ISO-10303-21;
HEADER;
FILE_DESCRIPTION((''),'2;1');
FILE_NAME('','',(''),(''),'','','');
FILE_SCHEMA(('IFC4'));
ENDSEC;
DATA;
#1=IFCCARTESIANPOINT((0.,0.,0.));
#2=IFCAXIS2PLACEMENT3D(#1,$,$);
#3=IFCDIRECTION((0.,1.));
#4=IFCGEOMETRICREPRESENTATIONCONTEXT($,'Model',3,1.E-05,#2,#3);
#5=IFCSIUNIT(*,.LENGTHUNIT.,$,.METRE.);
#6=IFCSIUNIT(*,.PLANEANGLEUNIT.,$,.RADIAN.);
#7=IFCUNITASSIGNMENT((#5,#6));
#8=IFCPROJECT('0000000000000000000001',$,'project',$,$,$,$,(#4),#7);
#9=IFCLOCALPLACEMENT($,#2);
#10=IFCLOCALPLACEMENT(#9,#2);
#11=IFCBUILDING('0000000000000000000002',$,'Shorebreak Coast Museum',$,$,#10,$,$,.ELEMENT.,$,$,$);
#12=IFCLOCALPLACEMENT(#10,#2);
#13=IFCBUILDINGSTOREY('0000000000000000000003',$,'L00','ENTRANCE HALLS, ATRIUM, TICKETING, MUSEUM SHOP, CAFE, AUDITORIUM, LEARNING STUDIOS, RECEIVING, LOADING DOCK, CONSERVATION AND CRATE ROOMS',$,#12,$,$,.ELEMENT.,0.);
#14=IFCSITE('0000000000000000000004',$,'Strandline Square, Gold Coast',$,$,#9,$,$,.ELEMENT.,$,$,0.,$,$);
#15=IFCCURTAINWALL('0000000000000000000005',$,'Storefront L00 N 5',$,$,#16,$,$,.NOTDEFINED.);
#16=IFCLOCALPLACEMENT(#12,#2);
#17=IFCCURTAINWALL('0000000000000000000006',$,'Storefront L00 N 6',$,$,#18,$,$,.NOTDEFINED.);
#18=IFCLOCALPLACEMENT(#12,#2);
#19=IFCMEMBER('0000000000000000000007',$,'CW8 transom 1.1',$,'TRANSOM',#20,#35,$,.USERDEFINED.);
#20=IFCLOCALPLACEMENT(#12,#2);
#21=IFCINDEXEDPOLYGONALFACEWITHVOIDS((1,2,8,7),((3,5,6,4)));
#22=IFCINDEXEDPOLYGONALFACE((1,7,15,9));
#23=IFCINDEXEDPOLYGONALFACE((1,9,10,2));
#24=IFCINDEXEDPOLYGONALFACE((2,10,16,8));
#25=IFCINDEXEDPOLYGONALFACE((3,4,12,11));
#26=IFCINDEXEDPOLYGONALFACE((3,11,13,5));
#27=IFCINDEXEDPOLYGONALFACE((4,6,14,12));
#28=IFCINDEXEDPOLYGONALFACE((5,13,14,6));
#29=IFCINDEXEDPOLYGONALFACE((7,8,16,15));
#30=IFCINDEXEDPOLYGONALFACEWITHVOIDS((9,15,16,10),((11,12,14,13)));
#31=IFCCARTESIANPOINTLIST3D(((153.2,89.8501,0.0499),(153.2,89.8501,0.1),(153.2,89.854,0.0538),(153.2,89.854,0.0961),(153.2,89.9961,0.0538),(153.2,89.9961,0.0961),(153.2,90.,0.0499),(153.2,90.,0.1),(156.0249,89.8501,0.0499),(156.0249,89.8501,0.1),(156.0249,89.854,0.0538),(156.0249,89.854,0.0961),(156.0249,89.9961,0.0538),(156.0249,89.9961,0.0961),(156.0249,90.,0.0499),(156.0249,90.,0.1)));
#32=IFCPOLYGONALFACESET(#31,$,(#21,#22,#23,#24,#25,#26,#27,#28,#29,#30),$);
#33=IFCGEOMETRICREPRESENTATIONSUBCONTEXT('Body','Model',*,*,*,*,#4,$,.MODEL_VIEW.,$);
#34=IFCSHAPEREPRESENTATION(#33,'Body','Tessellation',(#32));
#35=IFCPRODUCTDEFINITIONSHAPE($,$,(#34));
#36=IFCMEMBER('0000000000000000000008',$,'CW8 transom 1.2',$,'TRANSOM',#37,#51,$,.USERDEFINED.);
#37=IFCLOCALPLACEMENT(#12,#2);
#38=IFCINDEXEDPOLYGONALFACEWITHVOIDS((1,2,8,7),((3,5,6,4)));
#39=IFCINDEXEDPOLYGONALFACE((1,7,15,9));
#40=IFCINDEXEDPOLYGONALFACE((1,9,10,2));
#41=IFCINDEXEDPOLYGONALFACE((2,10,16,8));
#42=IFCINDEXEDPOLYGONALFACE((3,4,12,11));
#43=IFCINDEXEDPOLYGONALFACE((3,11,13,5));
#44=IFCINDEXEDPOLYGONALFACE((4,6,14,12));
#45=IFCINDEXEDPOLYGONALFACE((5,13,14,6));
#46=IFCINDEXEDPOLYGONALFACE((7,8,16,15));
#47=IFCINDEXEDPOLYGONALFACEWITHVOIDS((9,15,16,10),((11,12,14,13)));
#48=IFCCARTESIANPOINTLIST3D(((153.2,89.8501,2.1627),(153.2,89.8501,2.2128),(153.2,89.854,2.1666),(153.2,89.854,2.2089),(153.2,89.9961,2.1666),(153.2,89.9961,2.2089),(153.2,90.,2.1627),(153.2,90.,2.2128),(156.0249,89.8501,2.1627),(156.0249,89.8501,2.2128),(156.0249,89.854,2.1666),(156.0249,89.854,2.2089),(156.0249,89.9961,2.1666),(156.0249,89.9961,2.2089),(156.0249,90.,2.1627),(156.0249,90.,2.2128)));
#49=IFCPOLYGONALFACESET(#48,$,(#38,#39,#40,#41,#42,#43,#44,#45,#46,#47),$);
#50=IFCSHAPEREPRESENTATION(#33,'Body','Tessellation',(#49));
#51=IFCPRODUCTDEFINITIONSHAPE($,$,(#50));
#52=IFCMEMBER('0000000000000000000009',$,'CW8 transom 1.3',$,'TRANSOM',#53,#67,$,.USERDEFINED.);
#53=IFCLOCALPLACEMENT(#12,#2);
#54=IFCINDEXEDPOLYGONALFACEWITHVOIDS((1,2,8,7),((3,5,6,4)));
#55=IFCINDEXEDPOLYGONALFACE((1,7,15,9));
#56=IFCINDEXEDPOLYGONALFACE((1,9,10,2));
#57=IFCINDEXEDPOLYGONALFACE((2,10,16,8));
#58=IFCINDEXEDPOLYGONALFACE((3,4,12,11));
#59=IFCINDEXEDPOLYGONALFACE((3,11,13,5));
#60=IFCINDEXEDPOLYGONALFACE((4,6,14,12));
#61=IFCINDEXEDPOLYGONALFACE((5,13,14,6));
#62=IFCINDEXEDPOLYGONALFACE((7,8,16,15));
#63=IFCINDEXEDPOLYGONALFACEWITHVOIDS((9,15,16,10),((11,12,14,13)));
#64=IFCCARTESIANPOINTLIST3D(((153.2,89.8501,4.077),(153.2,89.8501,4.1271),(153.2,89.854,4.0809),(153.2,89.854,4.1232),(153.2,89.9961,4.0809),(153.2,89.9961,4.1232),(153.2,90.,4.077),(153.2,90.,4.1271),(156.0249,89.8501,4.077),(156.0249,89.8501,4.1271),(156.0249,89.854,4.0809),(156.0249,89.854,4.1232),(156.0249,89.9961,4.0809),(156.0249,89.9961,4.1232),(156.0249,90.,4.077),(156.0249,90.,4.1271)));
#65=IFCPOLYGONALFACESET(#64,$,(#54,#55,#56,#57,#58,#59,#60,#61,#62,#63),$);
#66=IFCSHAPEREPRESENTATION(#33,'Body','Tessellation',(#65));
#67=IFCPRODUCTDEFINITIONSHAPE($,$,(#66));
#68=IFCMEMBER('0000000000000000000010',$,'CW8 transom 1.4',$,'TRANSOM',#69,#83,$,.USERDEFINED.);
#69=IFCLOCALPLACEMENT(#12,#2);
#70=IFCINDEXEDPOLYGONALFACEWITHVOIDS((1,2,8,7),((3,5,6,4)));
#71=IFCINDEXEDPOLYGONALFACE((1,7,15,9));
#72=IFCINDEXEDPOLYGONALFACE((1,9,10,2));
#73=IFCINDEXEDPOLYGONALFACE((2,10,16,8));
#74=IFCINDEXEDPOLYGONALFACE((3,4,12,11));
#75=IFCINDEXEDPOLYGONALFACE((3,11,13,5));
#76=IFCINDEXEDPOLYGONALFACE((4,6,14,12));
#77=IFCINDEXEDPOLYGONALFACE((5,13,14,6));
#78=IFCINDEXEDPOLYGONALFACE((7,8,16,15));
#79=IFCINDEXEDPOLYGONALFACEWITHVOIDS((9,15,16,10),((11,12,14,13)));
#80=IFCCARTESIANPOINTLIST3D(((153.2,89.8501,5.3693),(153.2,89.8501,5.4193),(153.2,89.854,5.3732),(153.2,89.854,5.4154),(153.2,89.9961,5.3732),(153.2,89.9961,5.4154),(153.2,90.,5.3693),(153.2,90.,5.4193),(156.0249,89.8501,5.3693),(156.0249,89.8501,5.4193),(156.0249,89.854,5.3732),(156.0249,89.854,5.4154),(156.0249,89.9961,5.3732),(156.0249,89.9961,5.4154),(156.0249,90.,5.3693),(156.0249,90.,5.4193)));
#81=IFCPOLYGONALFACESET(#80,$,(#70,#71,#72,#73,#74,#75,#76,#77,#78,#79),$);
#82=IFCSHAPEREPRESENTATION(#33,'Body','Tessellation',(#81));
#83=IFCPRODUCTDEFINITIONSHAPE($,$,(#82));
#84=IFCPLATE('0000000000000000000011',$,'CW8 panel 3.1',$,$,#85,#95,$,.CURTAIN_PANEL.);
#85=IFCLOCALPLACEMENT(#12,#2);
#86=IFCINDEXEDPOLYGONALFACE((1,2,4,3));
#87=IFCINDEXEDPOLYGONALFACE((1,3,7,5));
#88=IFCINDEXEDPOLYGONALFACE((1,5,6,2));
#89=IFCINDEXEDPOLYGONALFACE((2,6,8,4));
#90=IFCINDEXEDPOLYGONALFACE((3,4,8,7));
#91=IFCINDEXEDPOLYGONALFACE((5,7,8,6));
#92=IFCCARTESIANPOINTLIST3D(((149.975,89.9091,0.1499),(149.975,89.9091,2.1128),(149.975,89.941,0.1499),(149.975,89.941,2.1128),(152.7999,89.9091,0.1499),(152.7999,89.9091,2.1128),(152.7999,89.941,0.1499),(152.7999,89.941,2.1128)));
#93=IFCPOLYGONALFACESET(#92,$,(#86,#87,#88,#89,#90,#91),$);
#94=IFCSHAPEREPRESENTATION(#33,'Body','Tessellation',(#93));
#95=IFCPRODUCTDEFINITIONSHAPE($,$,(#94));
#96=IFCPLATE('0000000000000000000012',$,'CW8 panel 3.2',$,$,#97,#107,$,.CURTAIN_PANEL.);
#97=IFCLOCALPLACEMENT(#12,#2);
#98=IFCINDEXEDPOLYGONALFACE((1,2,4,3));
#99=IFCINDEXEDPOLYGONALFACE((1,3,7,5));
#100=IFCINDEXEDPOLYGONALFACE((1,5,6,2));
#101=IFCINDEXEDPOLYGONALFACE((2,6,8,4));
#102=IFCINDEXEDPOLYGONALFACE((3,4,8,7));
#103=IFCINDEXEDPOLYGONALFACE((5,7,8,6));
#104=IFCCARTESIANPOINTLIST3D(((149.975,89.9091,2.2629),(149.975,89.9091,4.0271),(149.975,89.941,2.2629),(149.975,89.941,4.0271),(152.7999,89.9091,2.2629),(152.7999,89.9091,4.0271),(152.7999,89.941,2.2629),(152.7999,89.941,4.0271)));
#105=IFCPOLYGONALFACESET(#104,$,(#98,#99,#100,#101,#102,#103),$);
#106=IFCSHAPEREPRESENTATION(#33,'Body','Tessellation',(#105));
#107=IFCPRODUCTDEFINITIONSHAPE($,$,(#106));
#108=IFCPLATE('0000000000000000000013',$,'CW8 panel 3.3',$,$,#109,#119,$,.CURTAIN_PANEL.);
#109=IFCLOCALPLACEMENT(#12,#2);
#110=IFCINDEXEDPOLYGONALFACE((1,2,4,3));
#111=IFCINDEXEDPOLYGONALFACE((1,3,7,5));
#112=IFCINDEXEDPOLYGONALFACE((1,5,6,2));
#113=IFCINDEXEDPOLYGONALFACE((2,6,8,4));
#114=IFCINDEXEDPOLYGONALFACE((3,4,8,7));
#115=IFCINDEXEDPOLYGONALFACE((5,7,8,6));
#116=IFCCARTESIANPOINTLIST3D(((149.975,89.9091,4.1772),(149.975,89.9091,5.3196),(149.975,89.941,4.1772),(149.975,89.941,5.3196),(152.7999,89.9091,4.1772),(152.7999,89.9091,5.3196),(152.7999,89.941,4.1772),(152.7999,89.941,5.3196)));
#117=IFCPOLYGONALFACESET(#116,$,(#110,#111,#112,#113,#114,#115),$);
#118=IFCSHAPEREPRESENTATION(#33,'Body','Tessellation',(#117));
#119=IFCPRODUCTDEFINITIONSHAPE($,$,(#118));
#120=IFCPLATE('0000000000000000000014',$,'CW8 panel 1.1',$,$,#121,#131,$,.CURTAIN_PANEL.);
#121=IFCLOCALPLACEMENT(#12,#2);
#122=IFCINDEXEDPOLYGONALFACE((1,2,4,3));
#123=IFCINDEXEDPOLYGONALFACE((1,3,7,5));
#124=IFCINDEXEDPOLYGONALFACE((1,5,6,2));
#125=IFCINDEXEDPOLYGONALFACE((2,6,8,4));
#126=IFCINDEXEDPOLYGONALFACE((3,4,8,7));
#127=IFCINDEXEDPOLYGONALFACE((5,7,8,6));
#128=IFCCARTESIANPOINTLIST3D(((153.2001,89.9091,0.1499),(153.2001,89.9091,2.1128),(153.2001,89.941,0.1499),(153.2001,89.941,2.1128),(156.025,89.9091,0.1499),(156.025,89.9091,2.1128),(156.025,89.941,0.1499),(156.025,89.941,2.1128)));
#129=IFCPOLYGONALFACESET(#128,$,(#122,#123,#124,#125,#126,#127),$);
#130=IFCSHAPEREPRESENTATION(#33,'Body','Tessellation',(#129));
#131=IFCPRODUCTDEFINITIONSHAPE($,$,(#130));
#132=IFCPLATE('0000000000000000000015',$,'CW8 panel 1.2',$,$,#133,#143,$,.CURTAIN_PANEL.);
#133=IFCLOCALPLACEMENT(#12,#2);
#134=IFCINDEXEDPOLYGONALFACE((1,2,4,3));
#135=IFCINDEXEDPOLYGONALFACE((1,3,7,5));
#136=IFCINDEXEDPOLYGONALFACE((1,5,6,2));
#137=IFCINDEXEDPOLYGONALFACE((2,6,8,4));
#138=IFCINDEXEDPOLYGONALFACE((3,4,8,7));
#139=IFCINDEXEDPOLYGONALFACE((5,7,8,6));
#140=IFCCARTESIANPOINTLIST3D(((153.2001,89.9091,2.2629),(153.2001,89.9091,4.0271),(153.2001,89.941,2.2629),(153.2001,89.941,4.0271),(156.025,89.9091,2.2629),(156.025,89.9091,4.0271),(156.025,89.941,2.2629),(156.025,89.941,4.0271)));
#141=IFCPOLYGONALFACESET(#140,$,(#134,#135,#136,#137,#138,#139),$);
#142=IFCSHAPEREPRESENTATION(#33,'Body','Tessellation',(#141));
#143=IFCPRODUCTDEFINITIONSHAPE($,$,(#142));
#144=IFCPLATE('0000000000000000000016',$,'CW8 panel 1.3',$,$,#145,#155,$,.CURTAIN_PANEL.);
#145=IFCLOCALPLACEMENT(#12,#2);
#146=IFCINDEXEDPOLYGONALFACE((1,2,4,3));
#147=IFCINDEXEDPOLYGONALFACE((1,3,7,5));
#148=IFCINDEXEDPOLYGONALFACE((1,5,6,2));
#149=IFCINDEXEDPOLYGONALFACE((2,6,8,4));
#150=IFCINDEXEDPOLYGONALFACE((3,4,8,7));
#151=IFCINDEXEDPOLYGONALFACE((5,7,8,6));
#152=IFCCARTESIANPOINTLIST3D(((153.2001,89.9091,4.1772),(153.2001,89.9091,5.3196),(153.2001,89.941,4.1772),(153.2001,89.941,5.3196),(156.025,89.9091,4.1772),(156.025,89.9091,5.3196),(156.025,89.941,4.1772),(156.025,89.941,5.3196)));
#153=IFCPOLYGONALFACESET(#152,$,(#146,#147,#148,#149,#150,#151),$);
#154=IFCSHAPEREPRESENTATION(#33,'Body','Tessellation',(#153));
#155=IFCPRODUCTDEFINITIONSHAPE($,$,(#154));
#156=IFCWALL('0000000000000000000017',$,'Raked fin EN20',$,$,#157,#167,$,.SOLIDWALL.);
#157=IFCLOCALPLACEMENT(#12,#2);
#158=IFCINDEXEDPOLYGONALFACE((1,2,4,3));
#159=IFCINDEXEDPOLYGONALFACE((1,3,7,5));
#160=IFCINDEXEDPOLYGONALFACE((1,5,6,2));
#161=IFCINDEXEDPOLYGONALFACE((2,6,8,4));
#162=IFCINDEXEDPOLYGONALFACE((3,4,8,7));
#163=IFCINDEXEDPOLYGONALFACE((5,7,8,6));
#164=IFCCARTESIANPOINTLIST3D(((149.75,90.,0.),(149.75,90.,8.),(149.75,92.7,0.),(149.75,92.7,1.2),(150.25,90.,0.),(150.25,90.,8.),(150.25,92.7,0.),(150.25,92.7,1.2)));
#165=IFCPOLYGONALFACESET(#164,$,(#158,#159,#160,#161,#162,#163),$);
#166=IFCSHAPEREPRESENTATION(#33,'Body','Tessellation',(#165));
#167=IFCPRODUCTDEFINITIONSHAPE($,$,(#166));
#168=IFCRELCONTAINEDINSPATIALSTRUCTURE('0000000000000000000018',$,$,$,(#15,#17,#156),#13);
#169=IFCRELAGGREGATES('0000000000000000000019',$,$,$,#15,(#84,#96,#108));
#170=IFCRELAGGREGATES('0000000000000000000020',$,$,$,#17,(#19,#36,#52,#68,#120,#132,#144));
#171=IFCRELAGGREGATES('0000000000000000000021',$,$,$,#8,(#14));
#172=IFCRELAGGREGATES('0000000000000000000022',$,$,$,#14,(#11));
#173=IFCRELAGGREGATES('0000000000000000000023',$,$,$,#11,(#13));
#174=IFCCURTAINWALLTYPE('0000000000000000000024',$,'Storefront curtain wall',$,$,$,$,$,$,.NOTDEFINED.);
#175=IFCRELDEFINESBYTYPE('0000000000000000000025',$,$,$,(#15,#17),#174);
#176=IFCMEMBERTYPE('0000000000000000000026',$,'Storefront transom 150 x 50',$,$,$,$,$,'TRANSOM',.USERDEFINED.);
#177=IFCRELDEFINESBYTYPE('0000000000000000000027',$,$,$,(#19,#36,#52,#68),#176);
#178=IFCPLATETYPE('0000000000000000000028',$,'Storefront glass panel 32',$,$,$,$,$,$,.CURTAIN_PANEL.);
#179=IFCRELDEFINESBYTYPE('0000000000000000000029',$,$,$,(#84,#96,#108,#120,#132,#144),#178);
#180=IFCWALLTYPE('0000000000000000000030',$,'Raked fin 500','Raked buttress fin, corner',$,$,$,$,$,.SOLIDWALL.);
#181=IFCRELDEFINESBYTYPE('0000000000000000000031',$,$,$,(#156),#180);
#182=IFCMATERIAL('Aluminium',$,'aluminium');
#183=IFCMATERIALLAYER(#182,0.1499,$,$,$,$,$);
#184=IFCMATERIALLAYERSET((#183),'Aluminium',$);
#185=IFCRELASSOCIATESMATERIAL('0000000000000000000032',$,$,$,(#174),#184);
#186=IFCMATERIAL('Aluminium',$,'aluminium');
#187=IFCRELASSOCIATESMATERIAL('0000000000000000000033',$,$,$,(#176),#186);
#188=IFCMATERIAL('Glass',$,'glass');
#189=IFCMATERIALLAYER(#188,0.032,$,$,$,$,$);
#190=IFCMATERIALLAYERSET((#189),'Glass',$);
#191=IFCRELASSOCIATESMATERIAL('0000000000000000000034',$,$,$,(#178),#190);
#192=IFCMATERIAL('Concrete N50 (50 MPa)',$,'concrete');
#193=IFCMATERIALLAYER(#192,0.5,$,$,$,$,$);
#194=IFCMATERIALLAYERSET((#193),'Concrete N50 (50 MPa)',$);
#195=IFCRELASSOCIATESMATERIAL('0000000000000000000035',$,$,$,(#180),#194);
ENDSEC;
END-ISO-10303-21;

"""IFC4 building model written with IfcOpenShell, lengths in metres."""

from ifc_helpers import new_model, si_unit, direction, frame, origin, origin_2d, place, context, subcontext, project, spatial, polyline, rectangle, hollow_rectangle, outline, extrude, material, layer, layer_set, material_profile, profile_set, type_object, element, aggregate, save


model = new_model("IFC4")

# Units and contexts
model_context = context("Model", 3, precision=1e-05, world=origin(), true_north=direction((0.0, 1.0)))
body_context = subcontext(model_context, "Body", "Model", "MODEL_VIEW")
ifc_project = project(units=[si_unit("LENGTHUNIT", "METRE"), si_unit("PLANEANGLEUNIT", "RADIAN")], contexts=[model_context])

# Site, building, storey
site_placement = place(None, origin())
site = spatial("IfcSite", under=ifc_project, at=site_placement, Name="Strandline Square, Gold Coast", CompositionType="ELEMENT", RefElevation=0.0)
building_placement = place(site_placement, origin())
building = spatial("IfcBuilding", under=site, at=building_placement, Name="Shorebreak Coast Museum", CompositionType="ELEMENT")
storey_placement = place(building_placement, origin())
storey = spatial("IfcBuildingStorey", under=building, at=storey_placement, Name="L00", Description="ENTRANCE HALLS, ATRIUM, TICKETING, MUSEUM SHOP, CAFE, AUDITORIUM, LEARNING STUDIOS, RECEIVING, LOADING DOCK, CONSERVATION AND CRATE ROOMS", CompositionType="ELEMENT", Elevation=0.0)

# Curtain wall
ifc_material_1 = material(Name="Aluminium", Category="aluminium")
ifc_layer_1 = layer(ifc_material_1, 0.1499)
ifc_layer_set_1 = layer_set([ifc_layer_1], Name="Aluminium")
curtain_wall_type = type_object("IfcCurtainWallType", Name="Storefront curtain wall", PredefinedType="NOTDEFINED", material=ifc_layer_set_1)
curtain_wall_1_placement = place(storey_placement, origin())
curtain_wall_1 = element("IfcCurtainWall", 1, at=curtain_wall_1_placement, inside=storey, type_object=curtain_wall_type, Name="Storefront L00 N 5", PredefinedType="NOTDEFINED")

# Curtain wall
curtain_wall_2_placement = place(storey_placement, origin())
curtain_wall_2 = element("IfcCurtainWall", 2, at=curtain_wall_2_placement, inside=storey, type_object=curtain_wall_type, Name="Storefront L00 N 6", PredefinedType="NOTDEFINED")

# Members
ifc_material_2 = material(Name="Aluminium", Category="aluminium")
ifc_material_profile_1 = material_profile(ifc_material_2, hollow_rectangle(XDim=0.1499, YDim=0.05, WallThickness=0.0039, at=origin_2d()), Name="AL 50x150 RHS")
ifc_profile_set_1 = profile_set([ifc_material_profile_1], Name="Aluminium")
member_type_1 = type_object("IfcMemberType", Name="Storefront transom 150 x 50", ElementType="TRANSOM", PredefinedType="USERDEFINED", material=ifc_profile_set_1)
member_1_placement = place(storey_placement, frame((153.2, 89.925, 0.075), z_axis=(1.0, 0.0, 0.0), x_axis=(0.0, 1.0, 0.0)))
member_1 = element("IfcMember", 3, at=member_1_placement, type_object=member_type_1, Name="CW8 transom 1.1", ObjectType="TRANSOM", PredefinedType="USERDEFINED", context=body_context, shape_type="SweptSolid", body=[
    extrude(hollow_rectangle(XDim=0.1499, YDim=0.05, WallThickness=0.0039, at=origin_2d()), origin(), (0.0, 0.0, 1.0), 2.825),
])
member_2_placement = place(storey_placement, frame((153.2, 89.925, 2.1877), z_axis=(1.0, 0.0, 0.0), x_axis=(0.0, 1.0, 0.0)))
member_2 = element("IfcMember", 4, at=member_2_placement, type_object=member_type_1, Name="CW8 transom 1.2", ObjectType="TRANSOM", PredefinedType="USERDEFINED", context=body_context, shape_type="SweptSolid", body=[
    extrude(hollow_rectangle(XDim=0.1499, YDim=0.05, WallThickness=0.0039, at=origin_2d()), origin(), (0.0, 0.0, 1.0), 2.825),
])
member_3_placement = place(storey_placement, frame((153.2, 89.925, 4.1021), z_axis=(1.0, 0.0, 0.0), x_axis=(0.0, 1.0, 0.0)))
member_3 = element("IfcMember", 5, at=member_3_placement, type_object=member_type_1, Name="CW8 transom 1.3", ObjectType="TRANSOM", PredefinedType="USERDEFINED", context=body_context, shape_type="SweptSolid", body=[
    extrude(hollow_rectangle(XDim=0.1499, YDim=0.05, WallThickness=0.0039, at=origin_2d()), origin(), (0.0, 0.0, 1.0), 2.825),
])
member_4_placement = place(storey_placement, frame((153.2, 89.925, 5.3943), z_axis=(1.0, 0.0, 0.0), x_axis=(0.0, 1.0, 0.0)))
member_4 = element("IfcMember", 6, at=member_4_placement, type_object=member_type_1, Name="CW8 transom 1.4", ObjectType="TRANSOM", PredefinedType="USERDEFINED", context=body_context, shape_type="SweptSolid", body=[
    extrude(hollow_rectangle(XDim=0.1499, YDim=0.05, WallThickness=0.0039, at=origin_2d()), origin(), (0.0, 0.0, 1.0), 2.825),
])

# Plates
ifc_material_3 = material(Name="Glass", Category="glass")
ifc_layer_2 = layer(ifc_material_3, 0.032)
ifc_layer_set_2 = layer_set([ifc_layer_2], Name="Glass")
plate_type = type_object("IfcPlateType", Name="Storefront glass panel 32", PredefinedType="CURTAIN_PANEL", material=ifc_layer_set_2)
plate_1_placement = place(storey_placement, frame((151.3875, 89.925, 0.1499), z_axis=(0.0, 0.0, 1.0), x_axis=(1.0, 0.0, 0.0)))
plate_1 = element("IfcPlate", 7, at=plate_1_placement, type_object=plate_type, Name="CW8 panel 3.1", PredefinedType="CURTAIN_PANEL", context=body_context, shape_type="SweptSolid", body=[
    extrude(rectangle(XDim=2.825, YDim=0.032, at=origin_2d()), origin(), (0.0, 0.0, 1.0), 1.9629),
])
plate_2_placement = place(storey_placement, frame((151.3875, 89.925, 2.2629), z_axis=(0.0, 0.0, 1.0), x_axis=(1.0, 0.0, 0.0)))
plate_2 = element("IfcPlate", 8, at=plate_2_placement, type_object=plate_type, Name="CW8 panel 3.2", PredefinedType="CURTAIN_PANEL", context=body_context, shape_type="SweptSolid", body=[
    extrude(rectangle(XDim=2.825, YDim=0.032, at=origin_2d()), origin(), (0.0, 0.0, 1.0), 1.7642),
])
plate_3_placement = place(storey_placement, frame((151.3875, 89.925, 4.1772), z_axis=(0.0, 0.0, 1.0), x_axis=(1.0, 0.0, 0.0)))
plate_3 = element("IfcPlate", 9, at=plate_3_placement, type_object=plate_type, Name="CW8 panel 3.3", PredefinedType="CURTAIN_PANEL", context=body_context, shape_type="SweptSolid", body=[
    extrude(rectangle(XDim=2.825, YDim=0.032, at=origin_2d()), origin(), (0.0, 0.0, 1.0), 1.1423),
])
aggregate(curtain_wall_1, [plate_1, plate_2, plate_3])
plate_4_placement = place(storey_placement, frame((154.6125, 89.925, 0.1499), z_axis=(0.0, 0.0, 1.0), x_axis=(1.0, 0.0, 0.0)))
plate_4 = element("IfcPlate", 10, at=plate_4_placement, type_object=plate_type, Name="CW8 panel 1.1", PredefinedType="CURTAIN_PANEL", context=body_context, shape_type="SweptSolid", body=[
    extrude(rectangle(XDim=2.825, YDim=0.032, at=origin_2d()), origin(), (0.0, 0.0, 1.0), 1.9629),
])
plate_5_placement = place(storey_placement, frame((154.6125, 89.925, 2.2629), z_axis=(0.0, 0.0, 1.0), x_axis=(1.0, 0.0, 0.0)))
plate_5 = element("IfcPlate", 11, at=plate_5_placement, type_object=plate_type, Name="CW8 panel 1.2", PredefinedType="CURTAIN_PANEL", context=body_context, shape_type="SweptSolid", body=[
    extrude(rectangle(XDim=2.825, YDim=0.032, at=origin_2d()), origin(), (0.0, 0.0, 1.0), 1.7642),
])
plate_6_placement = place(storey_placement, frame((154.6125, 89.925, 4.1772), z_axis=(0.0, 0.0, 1.0), x_axis=(1.0, 0.0, 0.0)))
plate_6 = element("IfcPlate", 12, at=plate_6_placement, type_object=plate_type, Name="CW8 panel 1.3", PredefinedType="CURTAIN_PANEL", context=body_context, shape_type="SweptSolid", body=[
    extrude(rectangle(XDim=2.825, YDim=0.032, at=origin_2d()), origin(), (0.0, 0.0, 1.0), 1.1423),
])
aggregate(curtain_wall_2, [member_1, member_2, member_3, member_4, plate_4, plate_5, plate_6])

# Wall
ifc_material_4 = material(Name="Concrete N50 (50 MPa)", Category="concrete")
ifc_layer_3 = layer(ifc_material_4, 0.5)
ifc_layer_set_3 = layer_set([ifc_layer_3], Name="Concrete N50 (50 MPa)")
wall_type = type_object("IfcWallType", Name="Raked fin 500", Description="Raked buttress fin, corner", PredefinedType="SOLIDWALL", material=ifc_layer_set_3)
wall_placement = place(storey_placement, frame((150.0, 90.0, 0.0), z_axis=(0.0, 0.0, 1.0), x_axis=(0.0, 1.0, 0.0)))
element("IfcWall", 13, at=wall_placement, inside=storey, type_object=wall_type, Name="Raked fin EN20", PredefinedType="SOLIDWALL", context=body_context, shape_type="SweptSolid", body=[
    extrude(outline(polyline([(0.0, 0.0), (2.7, 0.0), (2.7, 1.2), (0.0, 8.0), (0.0, 0.0)])), frame((0.0, 0.25, 0.0), z_axis=(0.0, -1.0, 0.0), x_axis=(1.0, 0.0, 0.0)), (0.0, 0.0, 1.0), 0.5),
])

save(model, "model.ifc")
